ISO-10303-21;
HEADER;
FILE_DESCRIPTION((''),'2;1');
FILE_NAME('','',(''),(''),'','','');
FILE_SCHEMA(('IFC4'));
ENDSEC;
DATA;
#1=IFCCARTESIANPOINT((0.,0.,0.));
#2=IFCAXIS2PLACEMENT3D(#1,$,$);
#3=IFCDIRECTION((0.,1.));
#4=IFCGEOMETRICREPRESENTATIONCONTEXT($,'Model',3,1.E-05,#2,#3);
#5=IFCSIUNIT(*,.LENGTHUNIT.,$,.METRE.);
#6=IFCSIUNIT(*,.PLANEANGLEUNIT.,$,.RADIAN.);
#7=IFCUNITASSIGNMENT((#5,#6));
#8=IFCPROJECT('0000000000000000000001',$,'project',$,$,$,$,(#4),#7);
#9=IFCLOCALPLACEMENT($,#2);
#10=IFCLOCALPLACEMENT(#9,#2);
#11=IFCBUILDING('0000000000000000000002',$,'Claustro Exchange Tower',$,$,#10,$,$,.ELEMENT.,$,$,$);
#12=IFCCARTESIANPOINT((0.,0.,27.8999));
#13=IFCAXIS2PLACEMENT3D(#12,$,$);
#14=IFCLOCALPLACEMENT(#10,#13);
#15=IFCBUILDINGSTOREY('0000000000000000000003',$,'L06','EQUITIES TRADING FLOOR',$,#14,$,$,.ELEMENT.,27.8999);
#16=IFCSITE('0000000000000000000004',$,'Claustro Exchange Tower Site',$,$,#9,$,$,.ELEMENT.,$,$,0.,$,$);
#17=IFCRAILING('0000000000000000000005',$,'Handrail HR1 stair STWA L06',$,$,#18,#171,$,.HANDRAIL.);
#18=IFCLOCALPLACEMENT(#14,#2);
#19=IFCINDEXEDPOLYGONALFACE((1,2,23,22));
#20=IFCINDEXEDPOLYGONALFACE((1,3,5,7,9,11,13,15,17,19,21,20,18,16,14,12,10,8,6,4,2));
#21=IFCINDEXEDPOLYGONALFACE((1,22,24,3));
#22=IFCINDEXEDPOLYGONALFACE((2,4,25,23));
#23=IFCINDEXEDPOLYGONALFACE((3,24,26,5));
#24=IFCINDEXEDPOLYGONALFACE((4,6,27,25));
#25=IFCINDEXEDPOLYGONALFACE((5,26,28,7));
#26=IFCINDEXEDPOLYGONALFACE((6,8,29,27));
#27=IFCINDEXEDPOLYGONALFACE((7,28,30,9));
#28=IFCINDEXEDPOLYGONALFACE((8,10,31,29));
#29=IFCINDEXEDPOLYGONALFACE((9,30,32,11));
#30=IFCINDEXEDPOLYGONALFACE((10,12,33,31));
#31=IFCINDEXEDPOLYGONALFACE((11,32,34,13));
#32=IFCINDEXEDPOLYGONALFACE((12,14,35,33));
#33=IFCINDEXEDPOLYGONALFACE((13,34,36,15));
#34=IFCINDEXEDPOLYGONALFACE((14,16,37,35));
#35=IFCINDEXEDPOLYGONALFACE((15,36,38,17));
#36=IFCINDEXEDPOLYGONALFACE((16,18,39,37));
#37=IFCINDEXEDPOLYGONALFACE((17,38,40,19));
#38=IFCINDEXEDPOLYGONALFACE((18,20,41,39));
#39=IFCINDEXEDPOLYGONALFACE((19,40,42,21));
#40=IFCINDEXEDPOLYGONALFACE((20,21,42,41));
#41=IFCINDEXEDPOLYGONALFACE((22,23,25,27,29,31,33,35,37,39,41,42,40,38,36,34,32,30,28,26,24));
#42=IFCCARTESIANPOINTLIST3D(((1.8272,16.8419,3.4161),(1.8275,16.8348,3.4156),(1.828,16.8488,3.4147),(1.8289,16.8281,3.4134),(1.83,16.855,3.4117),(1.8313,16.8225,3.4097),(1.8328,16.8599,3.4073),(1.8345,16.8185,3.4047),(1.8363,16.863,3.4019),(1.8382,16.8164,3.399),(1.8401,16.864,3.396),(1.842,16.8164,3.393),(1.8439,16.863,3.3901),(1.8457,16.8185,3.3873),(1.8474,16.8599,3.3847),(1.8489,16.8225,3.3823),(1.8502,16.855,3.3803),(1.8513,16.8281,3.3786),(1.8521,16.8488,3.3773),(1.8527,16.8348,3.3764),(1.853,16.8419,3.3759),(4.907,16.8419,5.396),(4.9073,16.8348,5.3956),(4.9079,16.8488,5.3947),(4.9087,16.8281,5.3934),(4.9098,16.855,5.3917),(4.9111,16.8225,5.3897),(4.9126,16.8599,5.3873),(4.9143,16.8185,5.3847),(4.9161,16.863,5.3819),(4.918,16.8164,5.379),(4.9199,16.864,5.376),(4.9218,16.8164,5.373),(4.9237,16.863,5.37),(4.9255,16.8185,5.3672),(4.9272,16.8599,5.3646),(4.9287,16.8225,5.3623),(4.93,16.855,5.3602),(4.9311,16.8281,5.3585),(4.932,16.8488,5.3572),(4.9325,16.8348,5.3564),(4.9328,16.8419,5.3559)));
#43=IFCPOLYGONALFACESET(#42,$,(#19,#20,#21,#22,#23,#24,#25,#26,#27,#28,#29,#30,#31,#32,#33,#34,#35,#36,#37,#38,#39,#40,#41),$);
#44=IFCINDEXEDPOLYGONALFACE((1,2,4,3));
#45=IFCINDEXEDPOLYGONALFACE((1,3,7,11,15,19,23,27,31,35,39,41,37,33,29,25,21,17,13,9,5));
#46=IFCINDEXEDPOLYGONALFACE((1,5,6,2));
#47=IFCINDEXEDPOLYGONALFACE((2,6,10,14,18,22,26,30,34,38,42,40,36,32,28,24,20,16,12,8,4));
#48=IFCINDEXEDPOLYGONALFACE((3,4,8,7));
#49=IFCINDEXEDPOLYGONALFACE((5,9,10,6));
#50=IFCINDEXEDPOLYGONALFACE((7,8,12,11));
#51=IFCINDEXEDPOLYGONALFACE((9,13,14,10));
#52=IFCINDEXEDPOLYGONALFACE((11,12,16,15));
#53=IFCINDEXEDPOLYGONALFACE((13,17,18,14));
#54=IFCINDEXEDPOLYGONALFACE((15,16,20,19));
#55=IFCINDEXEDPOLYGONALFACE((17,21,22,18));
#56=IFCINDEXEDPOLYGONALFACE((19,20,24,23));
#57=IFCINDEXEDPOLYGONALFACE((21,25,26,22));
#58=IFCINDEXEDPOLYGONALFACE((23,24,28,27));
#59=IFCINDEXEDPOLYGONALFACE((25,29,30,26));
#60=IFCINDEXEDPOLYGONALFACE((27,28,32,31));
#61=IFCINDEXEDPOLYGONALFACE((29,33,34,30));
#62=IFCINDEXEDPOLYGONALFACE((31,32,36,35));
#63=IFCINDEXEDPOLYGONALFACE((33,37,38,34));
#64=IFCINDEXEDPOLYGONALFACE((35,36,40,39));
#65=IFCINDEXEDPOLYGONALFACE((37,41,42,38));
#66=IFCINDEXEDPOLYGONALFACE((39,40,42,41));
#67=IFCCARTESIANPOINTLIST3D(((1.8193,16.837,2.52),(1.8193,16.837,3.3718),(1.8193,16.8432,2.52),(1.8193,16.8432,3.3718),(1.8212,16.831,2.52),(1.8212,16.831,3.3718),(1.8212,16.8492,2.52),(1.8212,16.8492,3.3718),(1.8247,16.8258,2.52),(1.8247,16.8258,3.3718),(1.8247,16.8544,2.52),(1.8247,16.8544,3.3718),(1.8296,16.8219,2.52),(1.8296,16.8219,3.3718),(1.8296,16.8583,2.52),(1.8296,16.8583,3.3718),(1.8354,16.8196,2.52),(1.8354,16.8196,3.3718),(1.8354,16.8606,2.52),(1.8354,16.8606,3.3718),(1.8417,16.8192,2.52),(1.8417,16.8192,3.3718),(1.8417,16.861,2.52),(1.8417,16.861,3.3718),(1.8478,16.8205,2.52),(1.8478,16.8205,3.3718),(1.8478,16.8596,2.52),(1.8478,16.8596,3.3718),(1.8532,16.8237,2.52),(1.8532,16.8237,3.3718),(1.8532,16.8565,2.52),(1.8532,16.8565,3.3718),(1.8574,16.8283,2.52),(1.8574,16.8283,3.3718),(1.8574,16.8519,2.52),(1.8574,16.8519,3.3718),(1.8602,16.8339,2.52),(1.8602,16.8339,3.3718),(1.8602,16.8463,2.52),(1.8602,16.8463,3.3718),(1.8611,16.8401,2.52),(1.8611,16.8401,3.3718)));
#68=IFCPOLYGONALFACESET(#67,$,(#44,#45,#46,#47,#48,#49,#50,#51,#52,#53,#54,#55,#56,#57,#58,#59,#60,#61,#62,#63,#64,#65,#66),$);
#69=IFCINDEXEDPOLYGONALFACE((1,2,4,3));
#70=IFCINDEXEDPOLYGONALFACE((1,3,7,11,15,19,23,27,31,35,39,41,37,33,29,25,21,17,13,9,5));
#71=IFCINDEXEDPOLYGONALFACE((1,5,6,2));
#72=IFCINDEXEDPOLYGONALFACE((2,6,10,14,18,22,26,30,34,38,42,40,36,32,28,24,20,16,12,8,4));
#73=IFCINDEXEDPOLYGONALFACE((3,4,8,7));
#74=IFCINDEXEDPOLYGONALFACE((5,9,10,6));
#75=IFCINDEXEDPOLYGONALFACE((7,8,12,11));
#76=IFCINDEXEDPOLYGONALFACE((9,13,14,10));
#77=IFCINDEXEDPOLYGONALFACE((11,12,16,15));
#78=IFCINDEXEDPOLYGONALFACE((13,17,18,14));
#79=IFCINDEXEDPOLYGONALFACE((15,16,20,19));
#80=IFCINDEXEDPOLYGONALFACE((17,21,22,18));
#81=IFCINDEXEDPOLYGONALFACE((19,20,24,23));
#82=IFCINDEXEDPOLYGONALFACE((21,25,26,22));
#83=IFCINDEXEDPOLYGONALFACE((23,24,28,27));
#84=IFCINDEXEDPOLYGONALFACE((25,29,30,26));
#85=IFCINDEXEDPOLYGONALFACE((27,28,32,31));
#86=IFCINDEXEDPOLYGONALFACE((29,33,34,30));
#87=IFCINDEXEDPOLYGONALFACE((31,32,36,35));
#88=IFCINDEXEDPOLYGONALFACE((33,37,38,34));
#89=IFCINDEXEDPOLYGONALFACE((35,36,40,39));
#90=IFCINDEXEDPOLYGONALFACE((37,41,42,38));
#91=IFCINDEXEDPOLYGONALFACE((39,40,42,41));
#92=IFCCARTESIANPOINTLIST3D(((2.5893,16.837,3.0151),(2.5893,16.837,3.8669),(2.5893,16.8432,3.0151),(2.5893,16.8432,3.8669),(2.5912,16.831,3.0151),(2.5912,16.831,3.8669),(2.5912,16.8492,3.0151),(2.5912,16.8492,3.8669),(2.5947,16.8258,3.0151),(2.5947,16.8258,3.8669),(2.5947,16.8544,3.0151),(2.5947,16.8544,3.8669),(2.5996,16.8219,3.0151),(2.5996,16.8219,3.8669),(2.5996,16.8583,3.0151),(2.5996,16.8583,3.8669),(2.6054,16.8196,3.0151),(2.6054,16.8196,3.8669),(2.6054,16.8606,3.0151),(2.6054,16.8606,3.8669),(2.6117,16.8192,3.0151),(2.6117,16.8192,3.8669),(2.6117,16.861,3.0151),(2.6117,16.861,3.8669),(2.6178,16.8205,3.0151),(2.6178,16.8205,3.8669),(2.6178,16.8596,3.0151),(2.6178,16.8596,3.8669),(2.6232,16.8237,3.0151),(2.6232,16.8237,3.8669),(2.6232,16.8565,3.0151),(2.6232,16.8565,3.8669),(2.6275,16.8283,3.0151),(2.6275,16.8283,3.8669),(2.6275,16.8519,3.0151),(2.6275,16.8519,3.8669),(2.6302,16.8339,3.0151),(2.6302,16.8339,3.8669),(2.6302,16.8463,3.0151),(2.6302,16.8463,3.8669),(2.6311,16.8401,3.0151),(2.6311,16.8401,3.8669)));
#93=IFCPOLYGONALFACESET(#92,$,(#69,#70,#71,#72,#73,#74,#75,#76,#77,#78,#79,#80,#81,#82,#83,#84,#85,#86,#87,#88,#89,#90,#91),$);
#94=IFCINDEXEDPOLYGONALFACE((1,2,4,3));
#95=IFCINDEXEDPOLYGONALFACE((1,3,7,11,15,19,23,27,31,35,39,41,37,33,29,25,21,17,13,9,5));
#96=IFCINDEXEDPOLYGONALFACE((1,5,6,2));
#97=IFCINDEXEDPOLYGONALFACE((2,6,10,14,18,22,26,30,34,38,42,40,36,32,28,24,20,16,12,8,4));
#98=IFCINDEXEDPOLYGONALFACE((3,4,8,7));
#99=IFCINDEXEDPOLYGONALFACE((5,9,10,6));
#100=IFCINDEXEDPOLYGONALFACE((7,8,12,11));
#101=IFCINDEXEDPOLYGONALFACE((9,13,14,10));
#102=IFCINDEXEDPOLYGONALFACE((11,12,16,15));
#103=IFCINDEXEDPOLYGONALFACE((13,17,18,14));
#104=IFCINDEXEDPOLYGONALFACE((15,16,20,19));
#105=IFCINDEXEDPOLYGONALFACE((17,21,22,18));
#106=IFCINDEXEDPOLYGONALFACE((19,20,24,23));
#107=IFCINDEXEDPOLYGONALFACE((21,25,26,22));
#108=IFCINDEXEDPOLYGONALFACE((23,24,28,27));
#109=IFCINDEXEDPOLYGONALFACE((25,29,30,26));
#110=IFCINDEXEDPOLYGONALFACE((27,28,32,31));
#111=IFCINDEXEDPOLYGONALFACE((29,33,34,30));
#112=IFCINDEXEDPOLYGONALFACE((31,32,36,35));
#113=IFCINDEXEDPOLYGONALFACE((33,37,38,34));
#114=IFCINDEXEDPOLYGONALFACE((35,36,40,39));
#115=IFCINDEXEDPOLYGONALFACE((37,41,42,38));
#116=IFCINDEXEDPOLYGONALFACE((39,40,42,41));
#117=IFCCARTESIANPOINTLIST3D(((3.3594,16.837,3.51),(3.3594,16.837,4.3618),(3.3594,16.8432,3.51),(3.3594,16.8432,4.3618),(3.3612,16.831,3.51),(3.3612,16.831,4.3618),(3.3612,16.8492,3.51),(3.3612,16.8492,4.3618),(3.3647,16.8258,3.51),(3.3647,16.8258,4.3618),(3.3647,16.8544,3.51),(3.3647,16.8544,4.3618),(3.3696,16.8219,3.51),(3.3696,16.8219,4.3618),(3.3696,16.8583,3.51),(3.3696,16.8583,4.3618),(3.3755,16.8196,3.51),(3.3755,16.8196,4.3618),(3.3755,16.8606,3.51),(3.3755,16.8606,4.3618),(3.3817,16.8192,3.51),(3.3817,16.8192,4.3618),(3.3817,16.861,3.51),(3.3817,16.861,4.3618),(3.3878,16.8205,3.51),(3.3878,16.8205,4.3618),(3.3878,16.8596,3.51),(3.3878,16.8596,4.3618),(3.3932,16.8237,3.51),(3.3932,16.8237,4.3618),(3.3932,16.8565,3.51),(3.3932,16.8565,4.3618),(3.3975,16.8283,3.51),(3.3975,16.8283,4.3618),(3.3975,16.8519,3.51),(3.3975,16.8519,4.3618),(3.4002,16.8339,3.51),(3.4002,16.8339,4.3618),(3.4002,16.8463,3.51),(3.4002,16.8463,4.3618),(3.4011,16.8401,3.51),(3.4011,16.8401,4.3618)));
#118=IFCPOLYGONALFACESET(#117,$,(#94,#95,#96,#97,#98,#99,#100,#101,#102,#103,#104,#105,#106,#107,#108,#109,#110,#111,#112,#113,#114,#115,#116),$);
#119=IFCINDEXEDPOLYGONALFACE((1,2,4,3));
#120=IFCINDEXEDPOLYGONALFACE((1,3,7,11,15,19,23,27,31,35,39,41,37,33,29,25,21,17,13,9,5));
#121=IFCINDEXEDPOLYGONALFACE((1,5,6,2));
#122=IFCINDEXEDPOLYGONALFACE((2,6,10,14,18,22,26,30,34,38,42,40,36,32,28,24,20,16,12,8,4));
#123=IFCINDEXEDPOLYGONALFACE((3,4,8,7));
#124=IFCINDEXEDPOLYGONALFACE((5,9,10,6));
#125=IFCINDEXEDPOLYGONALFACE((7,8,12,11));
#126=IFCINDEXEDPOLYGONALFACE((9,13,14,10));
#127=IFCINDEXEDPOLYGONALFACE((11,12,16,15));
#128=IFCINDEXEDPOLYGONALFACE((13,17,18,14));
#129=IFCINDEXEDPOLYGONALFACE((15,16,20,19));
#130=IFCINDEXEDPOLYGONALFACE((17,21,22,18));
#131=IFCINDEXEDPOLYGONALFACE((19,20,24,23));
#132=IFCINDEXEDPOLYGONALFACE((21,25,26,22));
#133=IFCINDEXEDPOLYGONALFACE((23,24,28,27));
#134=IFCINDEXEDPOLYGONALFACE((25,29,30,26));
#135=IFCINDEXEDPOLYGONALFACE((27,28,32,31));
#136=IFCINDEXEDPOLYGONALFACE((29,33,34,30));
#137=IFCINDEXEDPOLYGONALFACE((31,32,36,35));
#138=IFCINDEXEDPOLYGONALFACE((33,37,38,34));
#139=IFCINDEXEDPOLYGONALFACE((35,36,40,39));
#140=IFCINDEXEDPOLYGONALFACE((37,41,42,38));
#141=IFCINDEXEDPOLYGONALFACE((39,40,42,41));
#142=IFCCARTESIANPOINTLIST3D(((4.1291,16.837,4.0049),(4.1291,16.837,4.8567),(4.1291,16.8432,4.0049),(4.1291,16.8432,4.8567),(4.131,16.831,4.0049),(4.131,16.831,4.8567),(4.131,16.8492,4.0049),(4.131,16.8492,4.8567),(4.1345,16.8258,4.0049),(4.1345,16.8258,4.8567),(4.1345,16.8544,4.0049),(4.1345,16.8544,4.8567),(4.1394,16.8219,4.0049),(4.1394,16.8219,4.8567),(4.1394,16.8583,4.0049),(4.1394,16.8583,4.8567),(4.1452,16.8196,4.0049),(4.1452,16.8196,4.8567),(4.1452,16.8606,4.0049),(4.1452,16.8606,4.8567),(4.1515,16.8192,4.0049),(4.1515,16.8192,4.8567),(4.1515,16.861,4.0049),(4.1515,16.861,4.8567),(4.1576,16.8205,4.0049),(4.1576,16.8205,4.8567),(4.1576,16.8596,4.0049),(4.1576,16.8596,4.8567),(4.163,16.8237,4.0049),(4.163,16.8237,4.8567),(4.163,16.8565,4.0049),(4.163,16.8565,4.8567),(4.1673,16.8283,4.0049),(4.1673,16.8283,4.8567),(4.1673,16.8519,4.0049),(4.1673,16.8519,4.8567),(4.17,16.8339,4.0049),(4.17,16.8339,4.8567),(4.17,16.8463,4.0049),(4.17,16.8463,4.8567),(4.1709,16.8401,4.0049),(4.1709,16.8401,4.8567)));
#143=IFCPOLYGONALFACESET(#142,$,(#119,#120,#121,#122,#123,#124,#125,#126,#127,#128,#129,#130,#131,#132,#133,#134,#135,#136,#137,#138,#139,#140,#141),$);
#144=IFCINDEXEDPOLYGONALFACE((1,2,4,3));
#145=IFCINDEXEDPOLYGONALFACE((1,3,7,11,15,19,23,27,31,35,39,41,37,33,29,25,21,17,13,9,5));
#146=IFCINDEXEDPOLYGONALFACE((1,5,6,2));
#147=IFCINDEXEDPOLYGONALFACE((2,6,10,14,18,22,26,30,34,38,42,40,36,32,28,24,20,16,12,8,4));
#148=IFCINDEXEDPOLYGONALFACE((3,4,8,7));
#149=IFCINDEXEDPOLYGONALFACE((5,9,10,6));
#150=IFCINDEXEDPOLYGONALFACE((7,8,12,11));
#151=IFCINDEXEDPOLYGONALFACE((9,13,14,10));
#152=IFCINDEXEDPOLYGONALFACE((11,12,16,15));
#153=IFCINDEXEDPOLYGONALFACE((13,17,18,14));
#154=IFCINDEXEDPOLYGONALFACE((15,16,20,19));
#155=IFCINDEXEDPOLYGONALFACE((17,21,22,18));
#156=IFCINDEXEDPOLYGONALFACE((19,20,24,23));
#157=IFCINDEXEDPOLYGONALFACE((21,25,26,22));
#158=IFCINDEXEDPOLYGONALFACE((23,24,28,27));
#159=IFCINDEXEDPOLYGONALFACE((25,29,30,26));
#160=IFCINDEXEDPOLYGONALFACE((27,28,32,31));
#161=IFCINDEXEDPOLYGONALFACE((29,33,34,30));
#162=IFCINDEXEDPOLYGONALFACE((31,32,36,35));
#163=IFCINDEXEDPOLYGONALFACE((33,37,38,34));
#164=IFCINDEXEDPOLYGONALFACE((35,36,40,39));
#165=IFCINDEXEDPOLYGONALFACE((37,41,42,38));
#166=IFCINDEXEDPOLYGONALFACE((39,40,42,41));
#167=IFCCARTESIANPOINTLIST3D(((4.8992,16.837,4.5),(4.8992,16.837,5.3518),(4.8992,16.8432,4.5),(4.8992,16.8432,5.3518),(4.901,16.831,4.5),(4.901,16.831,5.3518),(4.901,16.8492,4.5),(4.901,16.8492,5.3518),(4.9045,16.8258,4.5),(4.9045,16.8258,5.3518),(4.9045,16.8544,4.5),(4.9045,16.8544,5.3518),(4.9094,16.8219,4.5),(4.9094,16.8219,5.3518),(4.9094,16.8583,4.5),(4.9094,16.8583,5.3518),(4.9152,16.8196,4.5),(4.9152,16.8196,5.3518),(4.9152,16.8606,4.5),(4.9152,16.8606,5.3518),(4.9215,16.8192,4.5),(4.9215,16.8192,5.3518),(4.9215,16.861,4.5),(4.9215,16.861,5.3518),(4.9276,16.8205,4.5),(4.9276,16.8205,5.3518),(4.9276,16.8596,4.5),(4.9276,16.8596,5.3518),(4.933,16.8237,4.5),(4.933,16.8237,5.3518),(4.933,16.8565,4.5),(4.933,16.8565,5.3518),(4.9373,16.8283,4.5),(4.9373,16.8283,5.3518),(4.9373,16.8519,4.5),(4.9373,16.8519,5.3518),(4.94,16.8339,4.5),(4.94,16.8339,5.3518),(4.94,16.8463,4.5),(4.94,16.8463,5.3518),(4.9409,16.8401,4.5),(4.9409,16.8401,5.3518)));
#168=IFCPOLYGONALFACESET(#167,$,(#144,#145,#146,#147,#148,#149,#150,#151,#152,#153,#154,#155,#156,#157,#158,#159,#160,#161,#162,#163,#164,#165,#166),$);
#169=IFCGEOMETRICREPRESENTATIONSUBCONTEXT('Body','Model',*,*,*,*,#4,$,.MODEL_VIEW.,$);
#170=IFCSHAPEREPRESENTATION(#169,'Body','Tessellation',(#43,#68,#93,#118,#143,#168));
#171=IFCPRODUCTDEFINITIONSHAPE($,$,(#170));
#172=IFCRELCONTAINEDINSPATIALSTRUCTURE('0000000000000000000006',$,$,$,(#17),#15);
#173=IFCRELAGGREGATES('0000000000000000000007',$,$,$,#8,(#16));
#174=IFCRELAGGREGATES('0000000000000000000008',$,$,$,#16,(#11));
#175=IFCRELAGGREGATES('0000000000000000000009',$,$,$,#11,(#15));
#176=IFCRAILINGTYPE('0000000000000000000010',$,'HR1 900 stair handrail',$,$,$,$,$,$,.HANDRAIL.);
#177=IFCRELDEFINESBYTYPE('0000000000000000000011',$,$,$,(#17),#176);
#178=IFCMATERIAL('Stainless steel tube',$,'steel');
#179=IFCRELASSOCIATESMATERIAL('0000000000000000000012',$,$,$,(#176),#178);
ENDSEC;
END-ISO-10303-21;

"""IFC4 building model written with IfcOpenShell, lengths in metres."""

from ifc_helpers import new_model, si_unit, direction, frame, origin, origin_2d, place, context, subcontext, project, spatial, circle, extrude, material, type_object, element, save


model = new_model("IFC4")

# Units and contexts
model_context = context("Model", 3, precision=1e-05, world=origin(), true_north=direction((0.0, 1.0)))
body_context = subcontext(model_context, "Body", "Model", "MODEL_VIEW")
ifc_project = project(units=[si_unit("LENGTHUNIT", "METRE"), si_unit("PLANEANGLEUNIT", "RADIAN")], contexts=[model_context])

# Site, building, storey
site_placement = place(None, origin())
site = spatial("IfcSite", under=ifc_project, at=site_placement, Name="Claustro Exchange Tower Site", CompositionType="ELEMENT", RefElevation=0.0)
building_placement = place(site_placement, origin())
building = spatial("IfcBuilding", under=site, at=building_placement, Name="Claustro Exchange Tower", CompositionType="ELEMENT")
storey_placement = place(building_placement, frame((0.0, 0.0, 27.8999)))
storey = spatial("IfcBuildingStorey", under=building, at=storey_placement, Name="L06", Description="EQUITIES TRADING FLOOR", CompositionType="ELEMENT", Elevation=27.8999)

# Railing
ifc_material_1 = material(Name="Stainless steel tube", Category="steel")
railing_type_1 = type_object("IfcRailingType", Name="HR1 900 stair handrail", PredefinedType="HANDRAIL", material=ifc_material_1)
railing_1_placement = place(storey_placement, frame((1.8401, 16.8401, 2.52)))
element("IfcRailing", 1, at=railing_1_placement, inside=storey, type_object=railing_type_1, Name="Handrail HR1 stair STWA L06", PredefinedType="HANDRAIL", context=body_context, shape_type="SweptSolid", body=[
    extrude(circle(Radius=0.0239, at=origin_2d()), frame((0.0, 0.0, 0.876), z_axis=(0.841168, 0.0, 0.540774), x_axis=(0.0, 1.0, 0.0)), (0.0, 0.0, 1.0), 3.6614),
    extrude(circle(Radius=0.021, at=origin_2d()), origin(), (0.0, 0.0, 1.0), 0.8518),
    extrude(circle(Radius=0.021, at=origin_2d()), frame((0.77, 0.0, 0.4951)), (0.0, 0.0, 1.0), 0.8518),
    extrude(circle(Radius=0.021, at=origin_2d()), frame((1.54, 0.0, 0.99)), (0.0, 0.0, 1.0), 0.8518),
    extrude(circle(Radius=0.021, at=origin_2d()), frame((2.3098, 0.0, 1.4849)), (0.0, 0.0, 1.0), 0.8518),
    extrude(circle(Radius=0.021, at=origin_2d()), frame((3.0798, 0.0, 1.98)), (0.0, 0.0, 1.0), 0.8518),
])

save(model, "model.ifc")
